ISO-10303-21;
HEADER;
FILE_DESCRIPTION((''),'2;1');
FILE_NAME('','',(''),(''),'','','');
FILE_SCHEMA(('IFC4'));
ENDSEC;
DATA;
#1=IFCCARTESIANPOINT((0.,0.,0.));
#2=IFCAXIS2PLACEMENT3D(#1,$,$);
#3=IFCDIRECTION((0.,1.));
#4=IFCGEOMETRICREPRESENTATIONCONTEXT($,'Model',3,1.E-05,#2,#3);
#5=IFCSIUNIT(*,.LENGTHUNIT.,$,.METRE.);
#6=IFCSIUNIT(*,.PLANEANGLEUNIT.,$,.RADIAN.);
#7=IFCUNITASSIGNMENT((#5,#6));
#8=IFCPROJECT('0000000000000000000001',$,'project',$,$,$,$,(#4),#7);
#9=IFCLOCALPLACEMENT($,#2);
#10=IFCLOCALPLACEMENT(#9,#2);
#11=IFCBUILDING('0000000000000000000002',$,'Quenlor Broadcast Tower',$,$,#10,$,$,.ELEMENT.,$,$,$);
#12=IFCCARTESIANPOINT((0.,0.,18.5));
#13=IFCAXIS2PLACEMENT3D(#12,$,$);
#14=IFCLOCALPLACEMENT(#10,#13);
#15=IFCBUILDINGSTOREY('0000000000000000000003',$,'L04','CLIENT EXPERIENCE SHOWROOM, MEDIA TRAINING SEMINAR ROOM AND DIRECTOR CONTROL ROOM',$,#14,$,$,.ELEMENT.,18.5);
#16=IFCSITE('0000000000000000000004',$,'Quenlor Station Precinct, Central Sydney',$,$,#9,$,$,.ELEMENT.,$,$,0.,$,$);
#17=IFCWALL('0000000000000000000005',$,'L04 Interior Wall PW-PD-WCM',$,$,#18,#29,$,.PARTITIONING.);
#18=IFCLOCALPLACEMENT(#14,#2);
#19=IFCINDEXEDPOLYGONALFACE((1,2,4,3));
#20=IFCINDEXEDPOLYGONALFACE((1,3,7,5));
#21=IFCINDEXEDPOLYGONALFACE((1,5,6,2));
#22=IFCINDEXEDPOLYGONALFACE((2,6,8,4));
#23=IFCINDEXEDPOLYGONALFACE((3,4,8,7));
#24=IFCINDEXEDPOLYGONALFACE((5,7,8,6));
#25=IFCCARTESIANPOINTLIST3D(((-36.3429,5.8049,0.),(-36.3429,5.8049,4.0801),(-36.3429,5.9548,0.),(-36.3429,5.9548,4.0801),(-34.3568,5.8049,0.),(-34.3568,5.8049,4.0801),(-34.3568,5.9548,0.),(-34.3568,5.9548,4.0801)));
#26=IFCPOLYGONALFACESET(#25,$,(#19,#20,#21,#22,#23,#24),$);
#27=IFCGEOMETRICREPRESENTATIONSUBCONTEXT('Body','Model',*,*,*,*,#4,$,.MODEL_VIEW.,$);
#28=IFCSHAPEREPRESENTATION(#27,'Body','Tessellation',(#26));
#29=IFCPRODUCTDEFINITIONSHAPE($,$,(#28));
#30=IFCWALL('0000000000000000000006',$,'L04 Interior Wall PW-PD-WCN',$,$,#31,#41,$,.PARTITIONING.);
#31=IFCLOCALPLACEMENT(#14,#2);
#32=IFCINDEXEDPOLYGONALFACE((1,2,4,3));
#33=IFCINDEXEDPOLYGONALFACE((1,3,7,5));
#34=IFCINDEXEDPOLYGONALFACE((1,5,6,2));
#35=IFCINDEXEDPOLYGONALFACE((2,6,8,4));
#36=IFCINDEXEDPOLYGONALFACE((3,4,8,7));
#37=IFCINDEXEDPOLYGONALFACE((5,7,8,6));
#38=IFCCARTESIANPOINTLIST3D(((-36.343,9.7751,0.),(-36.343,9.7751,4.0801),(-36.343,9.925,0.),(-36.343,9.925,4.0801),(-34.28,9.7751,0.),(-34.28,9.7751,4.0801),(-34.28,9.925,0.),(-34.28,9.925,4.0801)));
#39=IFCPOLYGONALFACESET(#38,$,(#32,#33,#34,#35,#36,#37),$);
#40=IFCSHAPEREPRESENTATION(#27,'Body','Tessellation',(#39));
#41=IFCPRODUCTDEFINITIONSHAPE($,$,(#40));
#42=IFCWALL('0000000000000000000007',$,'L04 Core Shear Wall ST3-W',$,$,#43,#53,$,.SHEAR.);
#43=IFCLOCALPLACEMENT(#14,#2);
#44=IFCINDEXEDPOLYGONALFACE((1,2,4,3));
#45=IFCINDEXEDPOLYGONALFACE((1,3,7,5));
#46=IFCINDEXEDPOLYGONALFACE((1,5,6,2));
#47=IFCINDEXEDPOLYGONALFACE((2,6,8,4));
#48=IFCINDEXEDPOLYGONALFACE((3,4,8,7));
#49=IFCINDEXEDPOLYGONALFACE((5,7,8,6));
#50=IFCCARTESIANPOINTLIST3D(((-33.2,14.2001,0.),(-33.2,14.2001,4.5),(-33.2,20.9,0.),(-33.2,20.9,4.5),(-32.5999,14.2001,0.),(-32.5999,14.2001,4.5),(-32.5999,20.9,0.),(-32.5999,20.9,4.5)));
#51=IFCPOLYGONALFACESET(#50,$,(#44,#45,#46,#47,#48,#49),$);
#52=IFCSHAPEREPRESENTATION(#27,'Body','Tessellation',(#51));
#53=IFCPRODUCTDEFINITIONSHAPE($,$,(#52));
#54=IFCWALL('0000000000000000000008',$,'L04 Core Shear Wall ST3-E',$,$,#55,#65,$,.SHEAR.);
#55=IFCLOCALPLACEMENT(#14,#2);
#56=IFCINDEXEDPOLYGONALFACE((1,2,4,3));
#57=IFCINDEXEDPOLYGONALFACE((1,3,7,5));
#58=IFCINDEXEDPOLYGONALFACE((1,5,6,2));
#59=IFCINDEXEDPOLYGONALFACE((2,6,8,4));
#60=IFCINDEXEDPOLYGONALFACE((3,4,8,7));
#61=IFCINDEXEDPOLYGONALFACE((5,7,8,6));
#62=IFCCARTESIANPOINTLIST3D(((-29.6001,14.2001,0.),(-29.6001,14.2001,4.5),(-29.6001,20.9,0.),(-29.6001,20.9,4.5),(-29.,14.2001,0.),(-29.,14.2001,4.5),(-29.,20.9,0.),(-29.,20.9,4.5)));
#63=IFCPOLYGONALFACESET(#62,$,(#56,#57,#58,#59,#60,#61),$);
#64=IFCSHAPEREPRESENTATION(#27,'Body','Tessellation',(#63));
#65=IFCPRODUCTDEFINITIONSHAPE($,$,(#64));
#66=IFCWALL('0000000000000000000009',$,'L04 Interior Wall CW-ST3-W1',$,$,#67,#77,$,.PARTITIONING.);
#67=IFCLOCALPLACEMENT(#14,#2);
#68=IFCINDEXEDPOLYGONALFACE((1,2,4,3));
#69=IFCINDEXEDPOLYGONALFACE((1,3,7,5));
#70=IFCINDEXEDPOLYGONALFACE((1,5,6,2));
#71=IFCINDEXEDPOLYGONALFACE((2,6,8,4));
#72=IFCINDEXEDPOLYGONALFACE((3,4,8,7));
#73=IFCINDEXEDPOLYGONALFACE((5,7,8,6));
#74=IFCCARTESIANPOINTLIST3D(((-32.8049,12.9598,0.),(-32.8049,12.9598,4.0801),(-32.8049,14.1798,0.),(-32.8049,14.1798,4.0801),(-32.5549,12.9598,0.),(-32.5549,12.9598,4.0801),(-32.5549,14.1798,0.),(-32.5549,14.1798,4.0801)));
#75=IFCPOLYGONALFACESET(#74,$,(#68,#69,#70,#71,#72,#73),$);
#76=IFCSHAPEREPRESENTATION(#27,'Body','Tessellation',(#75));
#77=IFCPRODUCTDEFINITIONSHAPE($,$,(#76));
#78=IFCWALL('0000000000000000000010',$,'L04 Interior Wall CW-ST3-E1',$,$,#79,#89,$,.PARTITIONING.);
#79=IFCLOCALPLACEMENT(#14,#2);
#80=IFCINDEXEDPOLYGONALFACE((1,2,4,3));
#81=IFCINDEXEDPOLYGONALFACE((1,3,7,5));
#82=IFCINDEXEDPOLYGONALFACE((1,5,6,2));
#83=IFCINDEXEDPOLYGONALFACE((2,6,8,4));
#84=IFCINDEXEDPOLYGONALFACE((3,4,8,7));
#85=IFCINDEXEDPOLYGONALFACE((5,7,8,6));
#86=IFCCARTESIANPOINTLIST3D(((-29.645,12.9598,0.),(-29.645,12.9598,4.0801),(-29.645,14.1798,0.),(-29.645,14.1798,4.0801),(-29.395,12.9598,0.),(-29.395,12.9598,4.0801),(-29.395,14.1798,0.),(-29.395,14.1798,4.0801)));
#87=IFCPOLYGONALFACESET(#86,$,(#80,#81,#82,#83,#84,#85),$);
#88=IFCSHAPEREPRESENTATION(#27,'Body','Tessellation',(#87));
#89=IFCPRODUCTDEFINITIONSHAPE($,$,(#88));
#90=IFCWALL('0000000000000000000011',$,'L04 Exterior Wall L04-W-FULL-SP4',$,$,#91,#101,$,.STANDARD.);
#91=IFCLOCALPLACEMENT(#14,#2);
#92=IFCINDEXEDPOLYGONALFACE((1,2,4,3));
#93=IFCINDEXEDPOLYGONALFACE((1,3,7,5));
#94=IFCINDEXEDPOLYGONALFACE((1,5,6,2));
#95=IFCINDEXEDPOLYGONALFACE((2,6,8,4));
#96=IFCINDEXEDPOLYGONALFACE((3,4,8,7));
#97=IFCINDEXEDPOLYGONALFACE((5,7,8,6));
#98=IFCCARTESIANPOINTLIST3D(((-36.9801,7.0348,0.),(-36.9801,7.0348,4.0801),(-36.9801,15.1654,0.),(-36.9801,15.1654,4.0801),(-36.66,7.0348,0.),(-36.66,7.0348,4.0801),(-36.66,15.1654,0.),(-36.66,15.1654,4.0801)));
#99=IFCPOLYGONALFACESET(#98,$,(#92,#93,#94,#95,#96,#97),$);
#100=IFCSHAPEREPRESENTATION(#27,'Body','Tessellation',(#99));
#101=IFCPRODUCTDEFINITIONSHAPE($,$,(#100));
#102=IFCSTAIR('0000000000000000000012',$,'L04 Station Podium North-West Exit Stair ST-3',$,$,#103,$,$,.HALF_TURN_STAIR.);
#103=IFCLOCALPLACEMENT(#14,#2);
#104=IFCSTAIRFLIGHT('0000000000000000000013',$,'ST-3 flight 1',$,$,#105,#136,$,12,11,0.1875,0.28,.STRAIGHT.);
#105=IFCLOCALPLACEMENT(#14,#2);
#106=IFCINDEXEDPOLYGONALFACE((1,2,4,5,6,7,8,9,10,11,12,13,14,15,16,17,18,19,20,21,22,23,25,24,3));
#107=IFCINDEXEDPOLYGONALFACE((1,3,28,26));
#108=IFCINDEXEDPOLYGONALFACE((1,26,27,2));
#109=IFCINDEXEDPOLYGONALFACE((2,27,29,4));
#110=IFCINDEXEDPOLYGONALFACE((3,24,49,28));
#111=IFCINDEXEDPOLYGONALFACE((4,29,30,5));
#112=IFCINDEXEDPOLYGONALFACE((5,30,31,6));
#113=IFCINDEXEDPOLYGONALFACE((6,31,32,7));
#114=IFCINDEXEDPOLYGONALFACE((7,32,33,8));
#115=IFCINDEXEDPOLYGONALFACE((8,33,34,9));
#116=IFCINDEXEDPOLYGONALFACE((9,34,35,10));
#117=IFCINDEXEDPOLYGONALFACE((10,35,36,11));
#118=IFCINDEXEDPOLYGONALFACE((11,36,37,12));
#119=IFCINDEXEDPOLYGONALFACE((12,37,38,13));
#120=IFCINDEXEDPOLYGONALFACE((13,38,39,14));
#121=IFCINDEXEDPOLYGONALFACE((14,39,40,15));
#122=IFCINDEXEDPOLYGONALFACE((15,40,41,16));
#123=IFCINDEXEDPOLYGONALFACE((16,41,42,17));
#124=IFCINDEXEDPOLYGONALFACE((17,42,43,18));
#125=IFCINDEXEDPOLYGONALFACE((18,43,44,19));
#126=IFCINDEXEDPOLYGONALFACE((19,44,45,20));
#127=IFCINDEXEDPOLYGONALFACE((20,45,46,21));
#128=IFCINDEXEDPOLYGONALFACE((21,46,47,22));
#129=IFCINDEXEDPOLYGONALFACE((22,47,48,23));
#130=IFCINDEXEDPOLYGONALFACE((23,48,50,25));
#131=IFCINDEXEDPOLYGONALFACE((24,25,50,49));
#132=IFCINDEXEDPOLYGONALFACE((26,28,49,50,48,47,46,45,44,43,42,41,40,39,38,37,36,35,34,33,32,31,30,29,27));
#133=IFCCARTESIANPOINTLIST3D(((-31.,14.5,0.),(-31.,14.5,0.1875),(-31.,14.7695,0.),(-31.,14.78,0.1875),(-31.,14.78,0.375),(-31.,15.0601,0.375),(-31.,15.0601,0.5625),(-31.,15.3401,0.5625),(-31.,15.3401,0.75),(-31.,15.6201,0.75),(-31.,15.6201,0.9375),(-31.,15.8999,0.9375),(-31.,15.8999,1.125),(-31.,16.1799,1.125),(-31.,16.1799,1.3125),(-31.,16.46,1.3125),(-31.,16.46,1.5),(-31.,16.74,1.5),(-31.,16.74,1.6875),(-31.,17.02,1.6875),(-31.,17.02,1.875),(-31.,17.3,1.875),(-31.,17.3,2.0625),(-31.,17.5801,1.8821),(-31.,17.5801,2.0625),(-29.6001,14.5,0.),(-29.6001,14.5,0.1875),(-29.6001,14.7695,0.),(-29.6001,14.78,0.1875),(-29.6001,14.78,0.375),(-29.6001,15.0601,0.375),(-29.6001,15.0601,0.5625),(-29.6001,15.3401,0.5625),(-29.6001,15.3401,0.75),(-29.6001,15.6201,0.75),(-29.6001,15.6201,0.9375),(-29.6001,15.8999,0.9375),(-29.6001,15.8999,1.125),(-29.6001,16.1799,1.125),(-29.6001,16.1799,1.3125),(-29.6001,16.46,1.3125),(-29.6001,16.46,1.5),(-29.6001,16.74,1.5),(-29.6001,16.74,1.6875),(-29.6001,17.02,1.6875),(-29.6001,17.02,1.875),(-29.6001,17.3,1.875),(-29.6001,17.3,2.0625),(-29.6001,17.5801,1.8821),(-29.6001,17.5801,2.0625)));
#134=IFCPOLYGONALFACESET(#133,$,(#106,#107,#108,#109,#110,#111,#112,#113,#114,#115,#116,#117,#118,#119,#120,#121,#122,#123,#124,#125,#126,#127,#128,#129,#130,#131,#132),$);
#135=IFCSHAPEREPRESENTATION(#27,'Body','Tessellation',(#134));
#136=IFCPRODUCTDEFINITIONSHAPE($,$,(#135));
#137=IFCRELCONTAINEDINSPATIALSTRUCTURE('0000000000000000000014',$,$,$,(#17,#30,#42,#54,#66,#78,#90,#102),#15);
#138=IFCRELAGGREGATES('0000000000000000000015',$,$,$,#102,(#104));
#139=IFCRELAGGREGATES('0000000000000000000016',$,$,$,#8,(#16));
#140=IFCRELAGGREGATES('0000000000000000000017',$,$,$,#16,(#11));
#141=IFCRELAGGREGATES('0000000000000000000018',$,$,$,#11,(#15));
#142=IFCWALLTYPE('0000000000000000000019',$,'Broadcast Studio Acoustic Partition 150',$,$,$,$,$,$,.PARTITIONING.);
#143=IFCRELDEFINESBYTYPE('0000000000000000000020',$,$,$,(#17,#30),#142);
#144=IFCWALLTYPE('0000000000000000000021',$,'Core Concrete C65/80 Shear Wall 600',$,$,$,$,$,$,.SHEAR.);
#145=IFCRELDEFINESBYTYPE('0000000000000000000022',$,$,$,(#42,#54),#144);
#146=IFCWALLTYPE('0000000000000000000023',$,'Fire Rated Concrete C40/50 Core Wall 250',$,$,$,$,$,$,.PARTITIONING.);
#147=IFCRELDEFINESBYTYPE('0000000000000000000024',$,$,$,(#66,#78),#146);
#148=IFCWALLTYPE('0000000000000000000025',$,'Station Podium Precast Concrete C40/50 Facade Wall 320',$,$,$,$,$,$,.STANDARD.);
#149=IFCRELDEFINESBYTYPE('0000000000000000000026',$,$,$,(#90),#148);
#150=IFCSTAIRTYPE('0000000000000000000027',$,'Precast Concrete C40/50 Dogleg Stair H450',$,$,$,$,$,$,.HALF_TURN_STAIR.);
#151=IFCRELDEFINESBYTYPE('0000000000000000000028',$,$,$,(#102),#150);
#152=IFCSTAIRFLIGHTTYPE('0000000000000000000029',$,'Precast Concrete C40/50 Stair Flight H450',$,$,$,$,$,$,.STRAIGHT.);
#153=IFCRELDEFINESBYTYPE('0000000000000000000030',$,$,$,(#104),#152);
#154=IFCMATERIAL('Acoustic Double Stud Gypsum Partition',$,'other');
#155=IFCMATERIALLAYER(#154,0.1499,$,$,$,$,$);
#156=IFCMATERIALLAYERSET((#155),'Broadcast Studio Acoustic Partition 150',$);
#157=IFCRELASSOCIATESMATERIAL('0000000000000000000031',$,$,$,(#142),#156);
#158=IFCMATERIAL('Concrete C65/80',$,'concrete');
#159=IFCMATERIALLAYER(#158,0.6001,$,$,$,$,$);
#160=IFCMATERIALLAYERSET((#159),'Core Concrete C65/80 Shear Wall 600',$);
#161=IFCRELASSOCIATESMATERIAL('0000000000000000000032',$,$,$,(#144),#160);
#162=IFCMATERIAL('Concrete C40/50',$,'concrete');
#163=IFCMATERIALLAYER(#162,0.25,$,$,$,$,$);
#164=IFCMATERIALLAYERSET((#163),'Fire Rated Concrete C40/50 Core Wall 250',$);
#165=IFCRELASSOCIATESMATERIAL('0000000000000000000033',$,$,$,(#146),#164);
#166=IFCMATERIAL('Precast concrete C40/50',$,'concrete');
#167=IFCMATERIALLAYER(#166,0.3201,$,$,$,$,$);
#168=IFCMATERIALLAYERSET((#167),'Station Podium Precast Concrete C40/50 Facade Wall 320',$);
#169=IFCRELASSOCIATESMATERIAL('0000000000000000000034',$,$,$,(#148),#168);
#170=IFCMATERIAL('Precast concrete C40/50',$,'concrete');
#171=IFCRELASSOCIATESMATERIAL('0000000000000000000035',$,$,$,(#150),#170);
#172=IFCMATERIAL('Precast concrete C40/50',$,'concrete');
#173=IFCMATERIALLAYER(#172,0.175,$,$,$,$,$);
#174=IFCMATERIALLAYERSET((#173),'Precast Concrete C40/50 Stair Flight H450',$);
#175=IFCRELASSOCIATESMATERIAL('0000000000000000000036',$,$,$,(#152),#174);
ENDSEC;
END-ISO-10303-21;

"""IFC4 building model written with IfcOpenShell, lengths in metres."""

from ifc_helpers import new_model, si_unit, direction, frame, frame_2d, origin, place, context, subcontext, project, spatial, polyline, rectangle, outline, extrude, material, layer, layer_set, type_object, element, aggregate, save


model = new_model("IFC4")

# Units and contexts
model_context = context("Model", 3, precision=1e-05, world=origin(), true_north=direction((0.0, 1.0)))
body_context = subcontext(model_context, "Body", "Model", "MODEL_VIEW")
ifc_project = project(units=[si_unit("LENGTHUNIT", "METRE"), si_unit("PLANEANGLEUNIT", "RADIAN")], contexts=[model_context])

# Site, building, storey
site_placement = place(None, origin())
site = spatial("IfcSite", under=ifc_project, at=site_placement, Name="Quenlor Station Precinct, Central Sydney", CompositionType="ELEMENT", RefElevation=0.0)
building_placement = place(site_placement, origin())
building = spatial("IfcBuilding", under=site, at=building_placement, Name="Quenlor Broadcast Tower", CompositionType="ELEMENT")
storey_placement = place(building_placement, frame((0.0, 0.0, 18.5)))
storey = spatial("IfcBuildingStorey", under=building, at=storey_placement, Name="L04", Description="CLIENT EXPERIENCE SHOWROOM, MEDIA TRAINING SEMINAR ROOM AND DIRECTOR CONTROL ROOM", CompositionType="ELEMENT", Elevation=18.5)

# Walls
ifc_material_1 = material(Name="Acoustic Double Stud Gypsum Partition", Category="other")
ifc_layer_1 = layer(ifc_material_1, 0.1499)
ifc_layer_set_1 = layer_set([ifc_layer_1], Name="Broadcast Studio Acoustic Partition 150")
wall_type_1 = type_object("IfcWallType", Name="Broadcast Studio Acoustic Partition 150", PredefinedType="PARTITIONING", material=ifc_layer_set_1)
wall_1_placement = place(storey_placement, frame((-36.343, 5.8799, 0.0), z_axis=(0.0, 0.0, 1.0), x_axis=(1.0, 0.0, 0.0)))
element("IfcWall", 1, at=wall_1_placement, inside=storey, type_object=wall_type_1, Name="L04 Interior Wall PW-PD-WCM", PredefinedType="PARTITIONING", context=body_context, shape_type="SweptSolid", body=[
    extrude(rectangle(XDim=1.9861, YDim=0.1499, at=frame_2d((0.9932, 0.0))), origin(), (0.0, 0.0, 1.0), 4.0801),
])
wall_2_placement = place(storey_placement, frame((-36.343, 9.8501, 0.0), z_axis=(0.0, 0.0, 1.0), x_axis=(1.0, 0.0, 0.0)))
element("IfcWall", 2, at=wall_2_placement, inside=storey, type_object=wall_type_1, Name="L04 Interior Wall PW-PD-WCN", PredefinedType="PARTITIONING", context=body_context, shape_type="SweptSolid", body=[
    extrude(rectangle(XDim=2.063, YDim=0.1499, at=frame_2d((1.0315, 0.0))), origin(), (0.0, 0.0, 1.0), 4.0801),
])
ifc_material_2 = material(Name="Concrete C65/80", Category="concrete")
ifc_layer_2 = layer(ifc_material_2, 0.6001)
ifc_layer_set_2 = layer_set([ifc_layer_2], Name="Core Concrete C65/80 Shear Wall 600")
wall_type_2 = type_object("IfcWallType", Name="Core Concrete C65/80 Shear Wall 600", PredefinedType="SHEAR", material=ifc_layer_set_2)
for number, where, z_axis, x_axis, name in (
    (3, (-32.8999, 14.2, 0.0), (0.0, 0.0, 1.0), (0.0, 1.0, 0.0), "L04 Core Shear Wall ST3-W"),
    (4, (-29.3, 14.2, 0.0), (0.0, 0.0, 1.0), (0.0, 1.0, 0.0), "L04 Core Shear Wall ST3-E"),
):
    element("IfcWall", number, at=place(storey_placement, frame(where, z_axis=z_axis, x_axis=x_axis)), inside=storey, type_object=wall_type_2, Name=name, PredefinedType="SHEAR", context=body_context, shape_type="SweptSolid", body=[
        extrude(rectangle(XDim=6.7, YDim=0.6001, at=frame_2d((3.3501, 0.0))), origin(), (0.0, 0.0, 1.0), 4.5),
    ])

# Shared definitions
ifc_material_3 = material(Name="Concrete C40/50", Category="concrete")
ifc_layer_3 = layer(ifc_material_3, 0.25)
ifc_layer_set_3 = layer_set([ifc_layer_3], Name="Fire Rated Concrete C40/50 Core Wall 250")
wall_type_3 = type_object("IfcWallType", Name="Fire Rated Concrete C40/50 Core Wall 250", PredefinedType="PARTITIONING", material=ifc_layer_set_3)

# Walls
for number, where, z_axis, x_axis, name in (
    (5, (-32.6799, 12.96, 0.0), (0.0, 0.0, 1.0), (0.0, 1.0, 0.0), "L04 Interior Wall CW-ST3-W1"),
    (6, (-29.52, 12.96, 0.0), (0.0, 0.0, 1.0), (0.0, 1.0, 0.0), "L04 Interior Wall CW-ST3-E1"),
):
    element("IfcWall", number, at=place(storey_placement, frame(where, z_axis=z_axis, x_axis=x_axis)), inside=storey, type_object=wall_type_3, Name=name, PredefinedType="PARTITIONING", context=body_context, shape_type="SweptSolid", body=[
        extrude(rectangle(XDim=1.22, YDim=0.25, at=frame_2d((0.6099, 0.0))), origin(), (0.0, 0.0, 1.0), 4.0801),
    ])
ifc_material_4 = material(Name="Precast concrete C40/50", Category="concrete")
ifc_layer_4 = layer(ifc_material_4, 0.3201)
ifc_layer_set_4 = layer_set([ifc_layer_4], Name="Station Podium Precast Concrete C40/50 Facade Wall 320")
wall_type_4 = type_object("IfcWallType", Name="Station Podium Precast Concrete C40/50 Facade Wall 320", PredefinedType="STANDARD", material=ifc_layer_set_4)
wall_3_placement = place(storey_placement, frame((-36.8201, 7.0347, 0.0), z_axis=(0.0, 0.0, 1.0), x_axis=(0.0, 1.0, 0.0)))
element("IfcWall", 7, at=wall_3_placement, inside=storey, type_object=wall_type_4, Name="L04 Exterior Wall L04-W-FULL-SP4", PredefinedType="STANDARD", context=body_context, shape_type="SweptSolid", body=[
    extrude(rectangle(XDim=8.1306, YDim=0.3201, at=frame_2d((4.0654, 0.0))), origin(), (0.0, 0.0, 1.0), 4.0801),
])

# Stair, stair flight
ifc_material_5 = material(Name="Precast concrete C40/50", Category="concrete")
stair_type = type_object("IfcStairType", Name="Precast Concrete C40/50 Dogleg Stair H450", PredefinedType="HALF_TURN_STAIR", material=ifc_material_5)
stair_placement = place(storey_placement, origin())
stair = element("IfcStair", 8, at=stair_placement, inside=storey, type_object=stair_type, Name="L04 Station Podium North-West Exit Stair ST-3", PredefinedType="HALF_TURN_STAIR")
ifc_material_6 = material(Name="Precast concrete C40/50", Category="concrete")
ifc_layer_5 = layer(ifc_material_6, 0.175)
ifc_layer_set_5 = layer_set([ifc_layer_5], Name="Precast Concrete C40/50 Stair Flight H450")
stair_flight_type = type_object("IfcStairFlightType", Name="Precast Concrete C40/50 Stair Flight H450", PredefinedType="STRAIGHT", material=ifc_layer_set_5)
stair_flight_placement = place(storey_placement, frame((-30.3, 14.5, 0.0), z_axis=(0.0, 0.0, 1.0), x_axis=(0.0, 1.0, 0.0)))
stair_flight = element("IfcStairFlight", 9, at=stair_flight_placement, type_object=stair_flight_type, Name="ST-3 flight 1", NumberOfRisers=12, NumberOfTreads=11, PredefinedType="STRAIGHT", RiserHeight=0.1875, TreadLength=0.28, context=body_context, shape_type="SweptSolid", body=[
    extrude(outline(polyline([(0.0, 0.0), (0.0, 0.1875), (0.28, 0.1875), (0.28, 0.375), (0.5601, 0.375), (0.5601, 0.5625), (0.8401, 0.5625), (0.8401, 0.75), (1.1201, 0.75), (1.1201, 0.9375), (1.3999, 0.9375), (1.3999, 1.125), (1.6799, 1.125), (1.6799, 1.3125), (1.96, 1.3125), (1.96, 1.5), (2.24, 1.5), (2.24, 1.6875), (2.52, 1.6875), (2.52, 1.875), (2.8, 1.875), (2.8, 2.0625), (3.0801, 2.0625), (3.0801, 2.25), (3.0801, 1.8821), (0.2695, 0.0), (0.0, 0.0)])), frame((0.0, 0.7, 0.0), z_axis=(0.0, -1.0, 0.0), x_axis=(1.0, 0.0, 0.0)), (0.0, 0.0, 1.0), 1.3999),
])
aggregate(stair, [stair_flight])

save(model, "model.ifc")
